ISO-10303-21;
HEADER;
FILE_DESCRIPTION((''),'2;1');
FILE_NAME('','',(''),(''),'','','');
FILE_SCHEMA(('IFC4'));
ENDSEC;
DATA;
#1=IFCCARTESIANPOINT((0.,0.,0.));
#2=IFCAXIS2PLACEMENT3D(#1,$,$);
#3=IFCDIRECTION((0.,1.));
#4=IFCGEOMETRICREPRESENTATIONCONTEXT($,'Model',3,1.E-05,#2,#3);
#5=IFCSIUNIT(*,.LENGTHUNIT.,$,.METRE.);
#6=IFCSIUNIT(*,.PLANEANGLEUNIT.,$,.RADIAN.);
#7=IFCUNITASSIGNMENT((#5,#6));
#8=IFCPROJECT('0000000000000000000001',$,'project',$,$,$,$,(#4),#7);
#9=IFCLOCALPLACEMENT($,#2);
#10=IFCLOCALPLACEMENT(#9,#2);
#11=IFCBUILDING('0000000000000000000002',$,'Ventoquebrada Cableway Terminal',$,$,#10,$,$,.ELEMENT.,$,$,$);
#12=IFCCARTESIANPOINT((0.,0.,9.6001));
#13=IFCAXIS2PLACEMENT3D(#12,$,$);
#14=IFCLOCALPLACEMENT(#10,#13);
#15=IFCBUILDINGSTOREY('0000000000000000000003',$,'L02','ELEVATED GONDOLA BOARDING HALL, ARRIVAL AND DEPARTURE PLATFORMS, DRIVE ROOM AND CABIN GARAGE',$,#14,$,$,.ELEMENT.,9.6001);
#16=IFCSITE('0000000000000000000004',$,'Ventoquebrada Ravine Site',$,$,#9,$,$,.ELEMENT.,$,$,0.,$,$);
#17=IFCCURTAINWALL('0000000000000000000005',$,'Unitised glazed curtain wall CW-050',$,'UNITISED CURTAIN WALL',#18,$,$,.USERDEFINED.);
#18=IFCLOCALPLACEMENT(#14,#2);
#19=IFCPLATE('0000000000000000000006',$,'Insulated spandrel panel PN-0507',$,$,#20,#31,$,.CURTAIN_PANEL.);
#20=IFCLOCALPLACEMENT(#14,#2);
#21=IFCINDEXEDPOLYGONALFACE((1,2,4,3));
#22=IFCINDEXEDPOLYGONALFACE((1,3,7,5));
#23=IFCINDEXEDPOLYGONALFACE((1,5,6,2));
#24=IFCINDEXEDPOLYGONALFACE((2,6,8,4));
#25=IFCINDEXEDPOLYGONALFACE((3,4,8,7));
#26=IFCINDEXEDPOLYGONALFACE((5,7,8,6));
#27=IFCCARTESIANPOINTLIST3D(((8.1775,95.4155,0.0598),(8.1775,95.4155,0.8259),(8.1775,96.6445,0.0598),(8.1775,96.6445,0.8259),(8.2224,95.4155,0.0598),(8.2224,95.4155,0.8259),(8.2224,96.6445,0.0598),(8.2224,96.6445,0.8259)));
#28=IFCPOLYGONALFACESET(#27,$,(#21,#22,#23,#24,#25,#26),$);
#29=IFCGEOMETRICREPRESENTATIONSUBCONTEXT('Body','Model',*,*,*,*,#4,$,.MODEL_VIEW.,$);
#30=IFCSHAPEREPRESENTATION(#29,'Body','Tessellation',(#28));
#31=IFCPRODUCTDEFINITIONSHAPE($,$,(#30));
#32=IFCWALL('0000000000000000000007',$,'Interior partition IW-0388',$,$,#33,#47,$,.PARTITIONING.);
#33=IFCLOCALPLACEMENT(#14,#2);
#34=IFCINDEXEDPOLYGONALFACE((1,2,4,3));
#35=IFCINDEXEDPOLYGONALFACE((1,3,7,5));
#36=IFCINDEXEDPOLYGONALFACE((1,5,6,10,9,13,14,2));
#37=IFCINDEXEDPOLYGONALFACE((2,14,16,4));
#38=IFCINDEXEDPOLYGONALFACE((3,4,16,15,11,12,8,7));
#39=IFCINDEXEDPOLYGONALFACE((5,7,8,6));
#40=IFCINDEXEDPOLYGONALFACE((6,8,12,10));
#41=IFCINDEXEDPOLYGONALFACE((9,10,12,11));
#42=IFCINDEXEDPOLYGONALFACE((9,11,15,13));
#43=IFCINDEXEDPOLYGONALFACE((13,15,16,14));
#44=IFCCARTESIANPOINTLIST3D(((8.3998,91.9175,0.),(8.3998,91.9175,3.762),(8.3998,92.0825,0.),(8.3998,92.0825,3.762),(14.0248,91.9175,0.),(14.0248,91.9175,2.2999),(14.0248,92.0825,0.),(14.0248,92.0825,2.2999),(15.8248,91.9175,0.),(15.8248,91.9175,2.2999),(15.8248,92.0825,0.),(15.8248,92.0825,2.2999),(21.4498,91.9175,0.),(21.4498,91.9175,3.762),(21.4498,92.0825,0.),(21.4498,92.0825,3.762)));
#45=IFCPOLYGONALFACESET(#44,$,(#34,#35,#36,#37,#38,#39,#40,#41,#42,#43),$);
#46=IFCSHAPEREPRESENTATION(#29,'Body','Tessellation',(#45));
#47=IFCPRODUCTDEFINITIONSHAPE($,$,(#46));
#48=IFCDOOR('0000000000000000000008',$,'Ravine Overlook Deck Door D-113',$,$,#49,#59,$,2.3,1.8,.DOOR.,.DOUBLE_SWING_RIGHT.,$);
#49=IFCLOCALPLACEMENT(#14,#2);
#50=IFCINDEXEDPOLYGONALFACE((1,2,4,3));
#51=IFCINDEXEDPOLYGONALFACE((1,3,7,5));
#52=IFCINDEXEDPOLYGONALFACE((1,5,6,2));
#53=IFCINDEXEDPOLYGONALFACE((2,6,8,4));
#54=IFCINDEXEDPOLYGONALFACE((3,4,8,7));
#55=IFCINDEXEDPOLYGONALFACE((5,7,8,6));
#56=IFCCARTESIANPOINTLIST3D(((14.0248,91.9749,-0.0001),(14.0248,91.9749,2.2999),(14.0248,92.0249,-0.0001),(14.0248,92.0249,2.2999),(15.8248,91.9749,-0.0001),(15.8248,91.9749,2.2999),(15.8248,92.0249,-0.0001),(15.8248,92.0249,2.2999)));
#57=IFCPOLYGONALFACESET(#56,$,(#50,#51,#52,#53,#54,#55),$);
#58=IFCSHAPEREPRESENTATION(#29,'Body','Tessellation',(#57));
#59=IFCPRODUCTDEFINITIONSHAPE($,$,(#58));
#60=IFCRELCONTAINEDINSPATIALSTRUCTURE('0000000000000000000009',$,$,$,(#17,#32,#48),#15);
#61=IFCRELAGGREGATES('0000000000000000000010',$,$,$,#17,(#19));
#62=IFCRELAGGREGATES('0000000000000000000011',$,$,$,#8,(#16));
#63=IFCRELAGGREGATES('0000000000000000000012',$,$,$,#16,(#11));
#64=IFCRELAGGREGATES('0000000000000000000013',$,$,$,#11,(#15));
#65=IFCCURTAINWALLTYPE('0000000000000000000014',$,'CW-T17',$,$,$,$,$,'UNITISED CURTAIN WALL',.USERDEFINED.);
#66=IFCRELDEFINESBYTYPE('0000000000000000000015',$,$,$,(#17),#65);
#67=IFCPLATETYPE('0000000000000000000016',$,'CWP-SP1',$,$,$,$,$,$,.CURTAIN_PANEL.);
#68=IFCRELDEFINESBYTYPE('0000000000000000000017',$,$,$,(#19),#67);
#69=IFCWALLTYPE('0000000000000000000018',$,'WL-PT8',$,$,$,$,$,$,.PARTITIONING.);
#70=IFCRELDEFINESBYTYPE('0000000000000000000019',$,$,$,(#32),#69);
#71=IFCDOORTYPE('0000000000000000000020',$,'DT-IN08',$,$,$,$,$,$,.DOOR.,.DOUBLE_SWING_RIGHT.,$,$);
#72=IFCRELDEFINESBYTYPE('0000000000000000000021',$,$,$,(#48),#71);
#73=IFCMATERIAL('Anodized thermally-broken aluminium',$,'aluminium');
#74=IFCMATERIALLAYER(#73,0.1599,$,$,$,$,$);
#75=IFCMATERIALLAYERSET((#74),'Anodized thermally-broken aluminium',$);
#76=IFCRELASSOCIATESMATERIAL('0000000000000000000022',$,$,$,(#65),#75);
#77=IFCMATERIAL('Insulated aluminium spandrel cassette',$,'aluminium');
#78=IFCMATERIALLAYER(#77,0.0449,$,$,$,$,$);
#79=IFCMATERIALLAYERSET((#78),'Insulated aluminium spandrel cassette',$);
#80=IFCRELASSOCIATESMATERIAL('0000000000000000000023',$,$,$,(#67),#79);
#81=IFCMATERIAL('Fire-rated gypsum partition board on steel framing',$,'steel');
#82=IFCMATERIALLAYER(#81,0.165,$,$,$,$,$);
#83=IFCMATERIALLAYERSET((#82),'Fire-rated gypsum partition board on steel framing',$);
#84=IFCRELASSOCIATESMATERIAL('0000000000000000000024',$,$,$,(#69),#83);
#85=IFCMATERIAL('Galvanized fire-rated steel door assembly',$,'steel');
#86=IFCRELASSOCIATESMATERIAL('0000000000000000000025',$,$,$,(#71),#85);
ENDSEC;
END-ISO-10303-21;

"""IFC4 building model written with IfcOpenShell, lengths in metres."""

from ifc_helpers import new_model, si_unit, direction, frame, frame_2d, origin, origin_2d, place, context, subcontext, project, spatial, rectangle, extrude, material, layer, layer_set, type_object, element, fill, aggregate, save


model = new_model("IFC4")

# Units and contexts
model_context = context("Model", 3, precision=1e-05, world=origin(), true_north=direction((0.0, 1.0)))
body_context = subcontext(model_context, "Body", "Model", "MODEL_VIEW")
ifc_project = project(units=[si_unit("LENGTHUNIT", "METRE"), si_unit("PLANEANGLEUNIT", "RADIAN")], contexts=[model_context])

# Site, building, storey
site_placement = place(None, origin())
site = spatial("IfcSite", under=ifc_project, at=site_placement, Name="Ventoquebrada Ravine Site", CompositionType="ELEMENT", RefElevation=0.0)
building_placement = place(site_placement, origin())
building = spatial("IfcBuilding", under=site, at=building_placement, Name="Ventoquebrada Cableway Terminal", CompositionType="ELEMENT")
storey_placement = place(building_placement, frame((0.0, 0.0, 9.6001)))
storey = spatial("IfcBuildingStorey", under=building, at=storey_placement, Name="L02", Description="ELEVATED GONDOLA BOARDING HALL, ARRIVAL AND DEPARTURE PLATFORMS, DRIVE ROOM AND CABIN GARAGE", CompositionType="ELEMENT", Elevation=9.6001)

# Curtain wall
ifc_material_1 = material(Name="Anodized thermally-broken aluminium", Category="aluminium")
ifc_layer_1 = layer(ifc_material_1, 0.1599)
ifc_layer_set_1 = layer_set([ifc_layer_1], Name="Anodized thermally-broken aluminium")
curtain_wall_type = type_object("IfcCurtainWallType", Name="CW-T17", ElementType="UNITISED CURTAIN WALL", PredefinedType="USERDEFINED", material=ifc_layer_set_1)
curtain_wall_1_placement = place(storey_placement, origin())
curtain_wall_1 = element("IfcCurtainWall", 1, at=curtain_wall_1_placement, inside=storey, type_object=curtain_wall_type, Name="Unitised glazed curtain wall CW-050", ObjectType="UNITISED CURTAIN WALL", PredefinedType="USERDEFINED")

# Plate
ifc_material_2 = material(Name="Insulated aluminium spandrel cassette", Category="aluminium")
ifc_layer_2 = layer(ifc_material_2, 0.0449)
ifc_layer_set_2 = layer_set([ifc_layer_2], Name="Insulated aluminium spandrel cassette")
plate_type_1 = type_object("IfcPlateType", Name="CWP-SP1", PredefinedType="CURTAIN_PANEL", material=ifc_layer_set_2)
plate_1_placement = place(storey_placement, frame((8.2, 96.03, 0.0598), z_axis=(0.0, 0.0, 1.0), x_axis=(0.0, -1.0, 0.0)))
plate_1 = element("IfcPlate", 2, at=plate_1_placement, type_object=plate_type_1, Name="Insulated spandrel panel PN-0507", PredefinedType="CURTAIN_PANEL", context=body_context, shape_type="SweptSolid", body=[
    extrude(rectangle(XDim=1.229, YDim=0.0449, at=origin_2d()), origin(), (0.0, 0.0, 1.0), 0.7661),
])
aggregate(curtain_wall_1, [plate_1])

# Wall, opening, door
ifc_material_3 = material(Name="Fire-rated gypsum partition board on steel framing", Category="steel")
ifc_layer_3 = layer(ifc_material_3, 0.165)
ifc_layer_set_3 = layer_set([ifc_layer_3], Name="Fire-rated gypsum partition board on steel framing")
wall_type = type_object("IfcWallType", Name="WL-PT8", PredefinedType="PARTITIONING", material=ifc_layer_set_3)
wall_placement = place(storey_placement, frame((8.3999, 92.0, 0.0), z_axis=(0.0, 0.0, 1.0), x_axis=(1.0, 0.0, 0.0)))
wall = element("IfcWall", 3, at=wall_placement, inside=storey, type_object=wall_type, Name="Interior partition IW-0388", PredefinedType="PARTITIONING", context=body_context, shape_type="SweptSolid", body=[
    extrude(rectangle(XDim=13.05, YDim=0.165, at=frame_2d((6.5249, 0.0))), origin(), (0.0, 0.0, 1.0), 3.762),
])
opening_placement = place(wall_placement, frame((5.625, 0.0, 0.0)))
opening = element("IfcOpeningElement", 4, at=opening_placement, cuts=wall, PredefinedType="OPENING", context=body_context, shape_type="SweptSolid", body=[
    extrude(rectangle(XDim=1.8, YDim=2.3, at=frame_2d((0.8999, 1.1499))), frame((0.0, 0.0925, 0.0), z_axis=(0.0, -1.0, 0.0), x_axis=(1.0, 0.0, 0.0)), (0.0, 0.0, 1.0), 0.1851),
])
ifc_material_4 = material(Name="Galvanized fire-rated steel door assembly", Category="steel")
door_type = type_object("IfcDoorType", Name="DT-IN08", OperationType="DOUBLE_SWING_RIGHT", PredefinedType="DOOR", material=ifc_material_4)
door_placement = place(opening_placement, origin())
door = element("IfcDoor", 5, at=door_placement, inside=storey, type_object=door_type, Name="Ravine Overlook Deck Door D-113", OperationType="DOUBLE_SWING_RIGHT", OverallHeight=2.3, OverallWidth=1.8, PredefinedType="DOOR", context=body_context, shape_type="SweptSolid", body=[
    extrude(rectangle(XDim=1.8, YDim=2.3, at=frame_2d((0.8999, 1.1499))), frame((0.0, 0.0249, 0.0), z_axis=(0.0, -1.0, 0.0), x_axis=(1.0, 0.0, 0.0)), (0.0, 0.0, 1.0), 0.05),
])
fill(opening, door)

save(model, "model.ifc")
